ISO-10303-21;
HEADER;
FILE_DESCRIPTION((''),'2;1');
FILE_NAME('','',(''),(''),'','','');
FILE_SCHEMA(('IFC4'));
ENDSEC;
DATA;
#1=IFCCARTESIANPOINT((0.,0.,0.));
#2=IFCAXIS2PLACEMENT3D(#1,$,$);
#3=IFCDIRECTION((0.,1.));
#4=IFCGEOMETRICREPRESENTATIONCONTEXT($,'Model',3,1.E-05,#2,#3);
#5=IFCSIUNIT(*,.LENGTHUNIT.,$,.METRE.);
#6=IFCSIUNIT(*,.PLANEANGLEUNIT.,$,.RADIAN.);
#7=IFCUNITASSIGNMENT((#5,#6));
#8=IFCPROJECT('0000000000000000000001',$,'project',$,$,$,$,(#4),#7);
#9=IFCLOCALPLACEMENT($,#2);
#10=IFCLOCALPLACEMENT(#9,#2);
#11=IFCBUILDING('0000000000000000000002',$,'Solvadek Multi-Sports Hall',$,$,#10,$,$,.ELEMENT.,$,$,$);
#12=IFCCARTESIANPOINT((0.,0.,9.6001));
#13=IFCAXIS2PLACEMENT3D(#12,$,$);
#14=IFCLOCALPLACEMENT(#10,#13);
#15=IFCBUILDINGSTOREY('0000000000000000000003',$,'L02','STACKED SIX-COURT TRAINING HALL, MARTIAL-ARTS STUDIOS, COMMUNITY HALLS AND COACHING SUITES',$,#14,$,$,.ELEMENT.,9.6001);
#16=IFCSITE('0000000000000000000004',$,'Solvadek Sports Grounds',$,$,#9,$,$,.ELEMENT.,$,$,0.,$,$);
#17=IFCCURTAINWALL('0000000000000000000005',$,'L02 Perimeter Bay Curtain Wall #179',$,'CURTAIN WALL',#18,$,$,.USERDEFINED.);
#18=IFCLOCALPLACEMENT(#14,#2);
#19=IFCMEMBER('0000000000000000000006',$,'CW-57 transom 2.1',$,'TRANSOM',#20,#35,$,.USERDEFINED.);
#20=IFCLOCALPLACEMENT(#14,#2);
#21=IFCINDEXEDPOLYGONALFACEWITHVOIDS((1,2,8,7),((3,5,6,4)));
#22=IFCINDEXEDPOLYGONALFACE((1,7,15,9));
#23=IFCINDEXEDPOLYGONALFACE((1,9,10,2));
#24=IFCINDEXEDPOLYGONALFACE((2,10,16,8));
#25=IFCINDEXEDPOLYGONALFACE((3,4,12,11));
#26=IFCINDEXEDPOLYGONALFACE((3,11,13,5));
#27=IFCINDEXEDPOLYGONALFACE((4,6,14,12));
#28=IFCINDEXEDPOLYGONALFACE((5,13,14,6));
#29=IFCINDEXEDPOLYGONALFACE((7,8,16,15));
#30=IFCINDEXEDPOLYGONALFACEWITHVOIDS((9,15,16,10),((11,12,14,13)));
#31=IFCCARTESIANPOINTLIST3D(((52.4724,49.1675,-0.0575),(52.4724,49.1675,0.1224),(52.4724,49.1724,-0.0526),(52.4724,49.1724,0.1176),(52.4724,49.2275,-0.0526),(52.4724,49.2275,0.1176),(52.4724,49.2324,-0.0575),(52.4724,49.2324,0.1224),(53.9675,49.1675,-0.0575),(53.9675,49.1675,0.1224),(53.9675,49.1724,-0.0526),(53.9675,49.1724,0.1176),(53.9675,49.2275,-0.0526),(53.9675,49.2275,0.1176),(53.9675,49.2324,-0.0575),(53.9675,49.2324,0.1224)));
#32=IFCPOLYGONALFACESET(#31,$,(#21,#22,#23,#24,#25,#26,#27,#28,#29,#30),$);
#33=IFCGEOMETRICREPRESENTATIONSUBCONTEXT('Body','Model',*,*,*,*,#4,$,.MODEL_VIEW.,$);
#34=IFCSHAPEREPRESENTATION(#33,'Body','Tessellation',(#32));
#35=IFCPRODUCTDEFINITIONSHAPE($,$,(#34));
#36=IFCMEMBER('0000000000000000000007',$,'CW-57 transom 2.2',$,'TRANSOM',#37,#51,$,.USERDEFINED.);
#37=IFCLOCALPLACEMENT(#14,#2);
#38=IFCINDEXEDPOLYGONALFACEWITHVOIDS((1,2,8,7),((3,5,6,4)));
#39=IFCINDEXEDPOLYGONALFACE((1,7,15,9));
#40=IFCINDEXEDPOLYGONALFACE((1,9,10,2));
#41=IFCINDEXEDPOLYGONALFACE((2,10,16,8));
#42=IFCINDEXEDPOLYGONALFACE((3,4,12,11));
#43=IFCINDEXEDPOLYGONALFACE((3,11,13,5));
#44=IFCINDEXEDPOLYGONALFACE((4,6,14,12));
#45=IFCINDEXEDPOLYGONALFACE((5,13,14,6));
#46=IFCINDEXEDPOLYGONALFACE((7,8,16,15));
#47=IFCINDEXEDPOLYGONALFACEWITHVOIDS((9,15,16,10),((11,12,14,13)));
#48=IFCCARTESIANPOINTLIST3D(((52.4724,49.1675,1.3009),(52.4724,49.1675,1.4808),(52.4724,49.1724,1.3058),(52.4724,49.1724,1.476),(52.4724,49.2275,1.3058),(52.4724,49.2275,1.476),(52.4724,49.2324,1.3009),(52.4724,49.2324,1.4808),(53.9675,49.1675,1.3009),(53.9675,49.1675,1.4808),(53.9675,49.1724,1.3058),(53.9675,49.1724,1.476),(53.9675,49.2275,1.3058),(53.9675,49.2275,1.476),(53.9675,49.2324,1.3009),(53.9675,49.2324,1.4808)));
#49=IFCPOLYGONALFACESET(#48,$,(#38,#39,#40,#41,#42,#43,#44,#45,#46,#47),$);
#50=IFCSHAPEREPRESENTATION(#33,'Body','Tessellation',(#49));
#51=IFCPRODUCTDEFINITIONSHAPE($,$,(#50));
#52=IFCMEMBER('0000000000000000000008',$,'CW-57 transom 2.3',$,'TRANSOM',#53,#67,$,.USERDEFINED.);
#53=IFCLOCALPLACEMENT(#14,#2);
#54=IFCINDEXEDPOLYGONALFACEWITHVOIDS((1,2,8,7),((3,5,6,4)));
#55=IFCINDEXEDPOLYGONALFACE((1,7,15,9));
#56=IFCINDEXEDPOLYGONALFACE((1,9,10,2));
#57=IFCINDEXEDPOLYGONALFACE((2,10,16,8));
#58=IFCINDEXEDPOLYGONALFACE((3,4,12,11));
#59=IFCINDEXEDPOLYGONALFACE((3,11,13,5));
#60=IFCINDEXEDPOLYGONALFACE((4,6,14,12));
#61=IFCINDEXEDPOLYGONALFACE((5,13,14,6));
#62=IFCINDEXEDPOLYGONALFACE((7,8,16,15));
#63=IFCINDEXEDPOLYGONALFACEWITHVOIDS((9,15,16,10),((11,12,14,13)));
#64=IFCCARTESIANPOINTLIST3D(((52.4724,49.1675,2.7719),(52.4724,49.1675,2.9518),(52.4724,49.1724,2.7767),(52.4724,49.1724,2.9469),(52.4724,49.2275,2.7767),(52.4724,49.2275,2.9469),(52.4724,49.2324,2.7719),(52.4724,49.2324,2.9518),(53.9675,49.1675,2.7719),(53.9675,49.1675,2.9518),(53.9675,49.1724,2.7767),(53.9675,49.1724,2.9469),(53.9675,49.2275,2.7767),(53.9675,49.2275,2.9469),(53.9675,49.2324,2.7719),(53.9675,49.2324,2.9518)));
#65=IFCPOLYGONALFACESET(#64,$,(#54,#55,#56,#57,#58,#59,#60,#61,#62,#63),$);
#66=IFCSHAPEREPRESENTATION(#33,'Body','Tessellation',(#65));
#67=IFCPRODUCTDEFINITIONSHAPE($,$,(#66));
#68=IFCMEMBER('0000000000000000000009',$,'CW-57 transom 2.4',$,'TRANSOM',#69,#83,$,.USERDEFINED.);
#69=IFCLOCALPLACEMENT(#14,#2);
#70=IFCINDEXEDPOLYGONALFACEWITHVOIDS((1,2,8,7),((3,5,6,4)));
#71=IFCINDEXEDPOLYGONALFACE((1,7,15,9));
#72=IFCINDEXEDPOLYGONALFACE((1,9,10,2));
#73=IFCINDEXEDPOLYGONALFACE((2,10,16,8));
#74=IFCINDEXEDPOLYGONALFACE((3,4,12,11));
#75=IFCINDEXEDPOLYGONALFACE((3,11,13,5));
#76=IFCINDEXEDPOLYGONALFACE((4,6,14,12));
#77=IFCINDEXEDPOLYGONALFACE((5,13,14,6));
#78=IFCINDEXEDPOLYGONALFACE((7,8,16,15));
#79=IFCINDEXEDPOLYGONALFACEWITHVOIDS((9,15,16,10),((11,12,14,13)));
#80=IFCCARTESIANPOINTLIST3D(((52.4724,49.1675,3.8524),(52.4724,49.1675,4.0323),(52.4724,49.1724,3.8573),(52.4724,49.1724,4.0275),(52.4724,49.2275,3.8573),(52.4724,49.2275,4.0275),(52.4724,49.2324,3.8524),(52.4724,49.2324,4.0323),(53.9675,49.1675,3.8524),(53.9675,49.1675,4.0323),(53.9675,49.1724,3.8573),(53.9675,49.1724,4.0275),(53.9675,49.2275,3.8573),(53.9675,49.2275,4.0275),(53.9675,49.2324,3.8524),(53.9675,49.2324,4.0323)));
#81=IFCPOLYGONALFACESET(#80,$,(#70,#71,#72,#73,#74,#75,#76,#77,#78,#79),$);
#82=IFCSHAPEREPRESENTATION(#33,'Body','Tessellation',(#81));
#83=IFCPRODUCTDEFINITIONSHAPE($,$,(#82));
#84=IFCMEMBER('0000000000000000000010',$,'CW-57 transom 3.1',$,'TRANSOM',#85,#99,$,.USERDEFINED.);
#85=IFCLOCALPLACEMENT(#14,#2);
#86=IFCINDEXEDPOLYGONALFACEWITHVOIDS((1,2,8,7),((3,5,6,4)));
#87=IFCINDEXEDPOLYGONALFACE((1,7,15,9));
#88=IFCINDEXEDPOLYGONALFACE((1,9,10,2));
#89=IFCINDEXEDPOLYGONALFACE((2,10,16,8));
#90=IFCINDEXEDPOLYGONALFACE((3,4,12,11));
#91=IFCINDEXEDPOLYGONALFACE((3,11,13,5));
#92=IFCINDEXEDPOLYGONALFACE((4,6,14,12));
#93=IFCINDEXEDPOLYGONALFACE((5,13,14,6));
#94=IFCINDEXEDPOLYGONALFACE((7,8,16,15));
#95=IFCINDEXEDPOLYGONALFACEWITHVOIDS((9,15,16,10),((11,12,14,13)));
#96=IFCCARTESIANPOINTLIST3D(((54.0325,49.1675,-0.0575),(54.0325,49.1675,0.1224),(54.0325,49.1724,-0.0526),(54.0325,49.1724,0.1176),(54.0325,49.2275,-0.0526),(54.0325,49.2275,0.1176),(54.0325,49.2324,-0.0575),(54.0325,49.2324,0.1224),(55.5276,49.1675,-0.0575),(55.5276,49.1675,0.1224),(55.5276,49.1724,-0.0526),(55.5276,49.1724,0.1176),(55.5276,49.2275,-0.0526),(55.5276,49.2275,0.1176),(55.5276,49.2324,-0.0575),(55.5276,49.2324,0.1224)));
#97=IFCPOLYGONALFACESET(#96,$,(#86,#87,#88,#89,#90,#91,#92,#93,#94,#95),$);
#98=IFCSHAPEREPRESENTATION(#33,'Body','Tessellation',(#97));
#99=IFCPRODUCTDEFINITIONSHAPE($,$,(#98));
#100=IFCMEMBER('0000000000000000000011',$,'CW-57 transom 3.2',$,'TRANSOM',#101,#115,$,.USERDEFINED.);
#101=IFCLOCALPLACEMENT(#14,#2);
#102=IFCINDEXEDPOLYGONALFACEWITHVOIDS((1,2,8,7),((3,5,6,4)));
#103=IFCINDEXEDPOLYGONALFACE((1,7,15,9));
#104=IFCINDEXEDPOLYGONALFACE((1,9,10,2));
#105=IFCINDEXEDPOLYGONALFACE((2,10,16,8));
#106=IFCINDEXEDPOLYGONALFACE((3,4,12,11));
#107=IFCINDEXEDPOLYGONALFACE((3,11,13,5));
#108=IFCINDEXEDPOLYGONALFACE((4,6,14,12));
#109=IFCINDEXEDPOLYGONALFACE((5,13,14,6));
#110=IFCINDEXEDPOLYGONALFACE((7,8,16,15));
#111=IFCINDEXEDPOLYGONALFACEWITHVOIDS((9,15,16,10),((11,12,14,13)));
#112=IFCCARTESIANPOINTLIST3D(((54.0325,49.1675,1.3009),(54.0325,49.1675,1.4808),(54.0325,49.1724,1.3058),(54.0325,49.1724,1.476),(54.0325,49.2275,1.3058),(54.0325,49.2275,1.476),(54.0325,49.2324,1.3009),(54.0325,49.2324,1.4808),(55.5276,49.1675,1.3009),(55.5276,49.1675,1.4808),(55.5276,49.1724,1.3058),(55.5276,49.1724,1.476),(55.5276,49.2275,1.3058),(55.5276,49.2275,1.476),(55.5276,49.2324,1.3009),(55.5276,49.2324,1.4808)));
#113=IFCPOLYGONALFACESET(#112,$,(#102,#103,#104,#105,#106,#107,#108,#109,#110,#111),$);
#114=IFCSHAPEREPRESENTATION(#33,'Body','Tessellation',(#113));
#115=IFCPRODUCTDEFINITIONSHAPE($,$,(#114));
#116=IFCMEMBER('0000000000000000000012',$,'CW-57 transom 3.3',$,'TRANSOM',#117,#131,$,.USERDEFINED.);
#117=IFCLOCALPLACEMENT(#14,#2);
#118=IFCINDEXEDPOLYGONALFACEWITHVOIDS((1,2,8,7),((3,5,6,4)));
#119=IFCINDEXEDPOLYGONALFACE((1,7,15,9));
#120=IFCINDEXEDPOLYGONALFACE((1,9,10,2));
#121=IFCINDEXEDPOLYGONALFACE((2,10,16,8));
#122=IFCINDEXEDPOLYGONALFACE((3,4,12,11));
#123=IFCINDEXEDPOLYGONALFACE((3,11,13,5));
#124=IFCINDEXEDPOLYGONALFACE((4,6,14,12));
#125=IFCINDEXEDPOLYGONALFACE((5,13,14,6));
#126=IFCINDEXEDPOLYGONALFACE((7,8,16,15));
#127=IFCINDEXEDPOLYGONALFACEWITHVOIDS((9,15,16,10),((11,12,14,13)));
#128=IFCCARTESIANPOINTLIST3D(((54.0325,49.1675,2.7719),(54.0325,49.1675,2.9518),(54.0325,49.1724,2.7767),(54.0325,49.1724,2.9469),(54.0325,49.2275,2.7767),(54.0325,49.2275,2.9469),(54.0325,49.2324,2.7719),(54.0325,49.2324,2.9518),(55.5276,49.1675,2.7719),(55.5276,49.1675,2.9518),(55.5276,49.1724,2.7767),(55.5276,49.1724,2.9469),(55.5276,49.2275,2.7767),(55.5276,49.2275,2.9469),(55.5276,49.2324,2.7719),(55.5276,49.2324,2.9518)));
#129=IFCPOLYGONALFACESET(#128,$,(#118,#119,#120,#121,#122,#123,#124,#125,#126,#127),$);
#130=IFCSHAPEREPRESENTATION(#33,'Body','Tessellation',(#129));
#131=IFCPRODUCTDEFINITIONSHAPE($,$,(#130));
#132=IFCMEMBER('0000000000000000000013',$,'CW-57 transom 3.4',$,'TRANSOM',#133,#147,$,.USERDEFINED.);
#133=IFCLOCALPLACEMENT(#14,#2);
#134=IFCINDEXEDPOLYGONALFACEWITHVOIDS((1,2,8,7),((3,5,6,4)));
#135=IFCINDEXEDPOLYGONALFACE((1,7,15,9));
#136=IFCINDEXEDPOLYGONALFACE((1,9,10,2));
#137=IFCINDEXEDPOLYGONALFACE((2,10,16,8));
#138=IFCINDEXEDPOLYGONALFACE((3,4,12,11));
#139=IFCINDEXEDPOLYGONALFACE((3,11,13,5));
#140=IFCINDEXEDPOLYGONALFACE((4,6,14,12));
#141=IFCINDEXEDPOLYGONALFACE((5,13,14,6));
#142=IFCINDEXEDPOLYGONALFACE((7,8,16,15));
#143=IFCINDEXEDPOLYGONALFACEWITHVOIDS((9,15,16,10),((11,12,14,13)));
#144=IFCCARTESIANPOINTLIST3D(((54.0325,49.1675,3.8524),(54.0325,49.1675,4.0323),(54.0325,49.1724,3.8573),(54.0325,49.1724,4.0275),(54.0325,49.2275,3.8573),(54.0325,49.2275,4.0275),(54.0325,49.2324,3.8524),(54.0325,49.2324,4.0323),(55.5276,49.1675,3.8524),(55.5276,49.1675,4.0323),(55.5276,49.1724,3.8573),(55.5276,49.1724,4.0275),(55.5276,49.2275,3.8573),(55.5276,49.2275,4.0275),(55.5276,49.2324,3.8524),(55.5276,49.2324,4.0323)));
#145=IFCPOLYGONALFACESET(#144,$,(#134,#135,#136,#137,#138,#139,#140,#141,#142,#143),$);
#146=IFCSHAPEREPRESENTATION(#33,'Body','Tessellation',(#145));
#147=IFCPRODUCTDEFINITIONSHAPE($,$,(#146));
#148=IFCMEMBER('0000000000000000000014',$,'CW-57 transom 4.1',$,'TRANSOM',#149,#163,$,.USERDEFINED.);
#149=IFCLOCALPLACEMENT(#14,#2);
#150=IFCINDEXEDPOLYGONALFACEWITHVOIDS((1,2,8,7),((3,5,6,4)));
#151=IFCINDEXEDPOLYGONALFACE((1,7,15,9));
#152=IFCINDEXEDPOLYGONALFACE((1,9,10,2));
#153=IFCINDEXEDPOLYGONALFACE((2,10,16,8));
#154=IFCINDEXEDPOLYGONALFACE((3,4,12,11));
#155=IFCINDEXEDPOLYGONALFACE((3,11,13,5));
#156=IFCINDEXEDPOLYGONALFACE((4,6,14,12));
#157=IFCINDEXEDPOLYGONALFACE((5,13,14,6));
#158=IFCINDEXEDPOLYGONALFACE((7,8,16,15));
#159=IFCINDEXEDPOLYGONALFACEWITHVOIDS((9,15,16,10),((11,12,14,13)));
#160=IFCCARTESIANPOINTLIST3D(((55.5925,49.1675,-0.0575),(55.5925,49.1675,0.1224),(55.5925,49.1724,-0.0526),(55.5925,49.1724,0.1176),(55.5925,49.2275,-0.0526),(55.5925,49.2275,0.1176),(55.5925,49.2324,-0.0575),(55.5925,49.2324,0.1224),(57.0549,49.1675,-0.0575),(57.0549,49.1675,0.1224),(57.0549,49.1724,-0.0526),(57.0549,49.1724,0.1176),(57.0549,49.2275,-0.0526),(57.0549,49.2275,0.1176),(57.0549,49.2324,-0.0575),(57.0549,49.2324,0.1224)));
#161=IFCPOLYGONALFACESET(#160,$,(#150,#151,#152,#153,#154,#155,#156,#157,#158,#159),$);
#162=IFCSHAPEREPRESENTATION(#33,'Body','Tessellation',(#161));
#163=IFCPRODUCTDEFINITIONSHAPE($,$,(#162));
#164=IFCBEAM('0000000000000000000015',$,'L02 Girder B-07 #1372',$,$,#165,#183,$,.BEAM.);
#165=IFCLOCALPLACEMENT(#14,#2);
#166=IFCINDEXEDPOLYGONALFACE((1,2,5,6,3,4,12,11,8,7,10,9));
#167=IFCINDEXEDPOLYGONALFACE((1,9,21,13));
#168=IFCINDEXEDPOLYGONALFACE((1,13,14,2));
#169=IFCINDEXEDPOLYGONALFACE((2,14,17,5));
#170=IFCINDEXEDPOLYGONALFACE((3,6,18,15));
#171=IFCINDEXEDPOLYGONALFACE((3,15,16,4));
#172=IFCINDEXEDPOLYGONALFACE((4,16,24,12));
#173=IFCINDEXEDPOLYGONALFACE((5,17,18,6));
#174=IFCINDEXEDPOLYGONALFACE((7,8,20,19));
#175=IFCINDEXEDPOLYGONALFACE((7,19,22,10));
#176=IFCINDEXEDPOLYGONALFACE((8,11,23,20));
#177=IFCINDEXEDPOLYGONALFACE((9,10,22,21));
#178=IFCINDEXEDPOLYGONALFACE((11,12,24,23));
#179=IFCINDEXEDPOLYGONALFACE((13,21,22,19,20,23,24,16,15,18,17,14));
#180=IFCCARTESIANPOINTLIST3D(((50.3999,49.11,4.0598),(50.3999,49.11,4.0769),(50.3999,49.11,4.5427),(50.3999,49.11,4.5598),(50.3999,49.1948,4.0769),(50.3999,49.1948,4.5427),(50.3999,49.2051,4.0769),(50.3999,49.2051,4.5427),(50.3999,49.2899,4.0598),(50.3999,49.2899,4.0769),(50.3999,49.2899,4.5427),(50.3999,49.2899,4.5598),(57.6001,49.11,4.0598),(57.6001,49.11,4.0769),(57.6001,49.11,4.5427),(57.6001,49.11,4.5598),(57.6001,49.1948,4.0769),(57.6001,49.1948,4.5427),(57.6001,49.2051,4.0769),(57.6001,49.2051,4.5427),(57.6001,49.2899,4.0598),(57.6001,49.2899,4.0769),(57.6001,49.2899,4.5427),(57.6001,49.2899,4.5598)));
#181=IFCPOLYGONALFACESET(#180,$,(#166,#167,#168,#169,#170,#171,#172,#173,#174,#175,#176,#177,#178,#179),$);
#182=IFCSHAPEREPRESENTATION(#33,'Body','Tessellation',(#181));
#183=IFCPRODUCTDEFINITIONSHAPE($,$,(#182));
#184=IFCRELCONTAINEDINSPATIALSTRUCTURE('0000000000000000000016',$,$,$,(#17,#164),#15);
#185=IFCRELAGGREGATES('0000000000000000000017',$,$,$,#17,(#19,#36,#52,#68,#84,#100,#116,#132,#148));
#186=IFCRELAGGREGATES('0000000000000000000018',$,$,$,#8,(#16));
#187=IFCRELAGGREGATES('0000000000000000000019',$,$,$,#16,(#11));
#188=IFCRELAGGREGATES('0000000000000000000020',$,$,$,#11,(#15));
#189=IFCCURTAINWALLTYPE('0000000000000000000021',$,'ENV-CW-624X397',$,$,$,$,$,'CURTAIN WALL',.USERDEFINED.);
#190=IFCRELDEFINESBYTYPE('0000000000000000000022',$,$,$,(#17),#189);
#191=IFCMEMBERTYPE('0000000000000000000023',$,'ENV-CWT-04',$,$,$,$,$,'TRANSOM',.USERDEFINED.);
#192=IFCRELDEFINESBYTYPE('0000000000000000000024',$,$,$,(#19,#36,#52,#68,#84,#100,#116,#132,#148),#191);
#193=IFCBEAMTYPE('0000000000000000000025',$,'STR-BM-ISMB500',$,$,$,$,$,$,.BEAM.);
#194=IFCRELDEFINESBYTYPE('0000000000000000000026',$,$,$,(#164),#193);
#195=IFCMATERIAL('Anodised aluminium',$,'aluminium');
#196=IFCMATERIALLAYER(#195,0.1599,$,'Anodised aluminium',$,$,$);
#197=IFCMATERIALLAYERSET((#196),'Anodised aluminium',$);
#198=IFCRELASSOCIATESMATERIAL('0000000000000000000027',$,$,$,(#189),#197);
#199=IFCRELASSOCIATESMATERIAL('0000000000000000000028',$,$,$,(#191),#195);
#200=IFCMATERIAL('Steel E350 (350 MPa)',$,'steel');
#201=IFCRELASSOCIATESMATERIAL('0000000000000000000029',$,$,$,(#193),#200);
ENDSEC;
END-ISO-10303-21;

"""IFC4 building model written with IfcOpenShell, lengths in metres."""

from ifc_helpers import new_model, si_unit, direction, frame, origin, origin_2d, place, context, subcontext, project, spatial, hollow_rectangle, i_section, extrude, material, layer, layer_set, material_profile, profile_set, type_object, element, aggregate, save


model = new_model("IFC4")

# Units and contexts
model_context = context("Model", 3, precision=1e-05, world=origin(), true_north=direction((0.0, 1.0)))
body_context = subcontext(model_context, "Body", "Model", "MODEL_VIEW")
ifc_project = project(units=[si_unit("LENGTHUNIT", "METRE"), si_unit("PLANEANGLEUNIT", "RADIAN")], contexts=[model_context])

# Site, building, storey
site_placement = place(None, origin())
site = spatial("IfcSite", under=ifc_project, at=site_placement, Name="Solvadek Sports Grounds", CompositionType="ELEMENT", RefElevation=0.0)
building_placement = place(site_placement, origin())
building = spatial("IfcBuilding", under=site, at=building_placement, Name="Solvadek Multi-Sports Hall", CompositionType="ELEMENT")
storey_placement = place(building_placement, frame((0.0, 0.0, 9.6001)))
storey = spatial("IfcBuildingStorey", under=building, at=storey_placement, Name="L02", Description="STACKED SIX-COURT TRAINING HALL, MARTIAL-ARTS STUDIOS, COMMUNITY HALLS AND COACHING SUITES", CompositionType="ELEMENT", Elevation=9.6001)

# Shared definitions
ifc_material_1 = material(Name="Steel E350 (350 MPa)", Category="steel")

# Shared definitions
ifc_material_2 = material(Name="Anodised aluminium", Category="aluminium")

# Curtain wall, members
ifc_layer_1 = layer(ifc_material_2, 0.1599, Name="Anodised aluminium")
ifc_layer_set_1 = layer_set([ifc_layer_1], Name="Anodised aluminium")
curtain_wall_type_1 = type_object("IfcCurtainWallType", Name="ENV-CW-624X397", ElementType="CURTAIN WALL", PredefinedType="USERDEFINED", material=ifc_layer_set_1)
curtain_wall_1_placement = place(storey_placement, origin())
curtain_wall_1 = element("IfcCurtainWall", 1, at=curtain_wall_1_placement, inside=storey, type_object=curtain_wall_type_1, Name="L02 Perimeter Bay Curtain Wall #179", ObjectType="CURTAIN WALL", PredefinedType="USERDEFINED")
ifc_material_profile_1 = material_profile(ifc_material_2, hollow_rectangle(XDim=0.0649, YDim=0.1799, WallThickness=0.0049, at=origin_2d()), Name="ALU-T 180x65x5")
ifc_profile_set_1 = profile_set([ifc_material_profile_1], Name="Anodised aluminium")
member_type_1 = type_object("IfcMemberType", Name="ENV-CWT-04", ElementType="TRANSOM", PredefinedType="USERDEFINED", material=ifc_profile_set_1)
member_1_placement = place(storey_placement, frame((52.4724, 49.2, 0.0325), z_axis=(1.0, 0.0, 0.0), x_axis=(0.0, 1.0, 0.0)))
member_1 = element("IfcMember", 2, at=member_1_placement, type_object=member_type_1, Name="CW-57 transom 2.1", ObjectType="TRANSOM", PredefinedType="USERDEFINED", context=body_context, shape_type="SweptSolid", body=[
    extrude(hollow_rectangle(XDim=0.0649, YDim=0.1799, WallThickness=0.0049, at=origin_2d()), origin(), (0.0, 0.0, 1.0), 1.4951),
])
member_2_placement = place(storey_placement, frame((52.4724, 49.2, 1.3909), z_axis=(1.0, 0.0, 0.0), x_axis=(0.0, 1.0, 0.0)))
member_2 = element("IfcMember", 3, at=member_2_placement, type_object=member_type_1, Name="CW-57 transom 2.2", ObjectType="TRANSOM", PredefinedType="USERDEFINED", context=body_context, shape_type="SweptSolid", body=[
    extrude(hollow_rectangle(XDim=0.0649, YDim=0.1799, WallThickness=0.0049, at=origin_2d()), origin(), (0.0, 0.0, 1.0), 1.4951),
])
member_3_placement = place(storey_placement, frame((52.4724, 49.2, 2.8618), z_axis=(1.0, 0.0, 0.0), x_axis=(0.0, 1.0, 0.0)))
member_3 = element("IfcMember", 4, at=member_3_placement, type_object=member_type_1, Name="CW-57 transom 2.3", ObjectType="TRANSOM", PredefinedType="USERDEFINED", context=body_context, shape_type="SweptSolid", body=[
    extrude(hollow_rectangle(XDim=0.0649, YDim=0.1799, WallThickness=0.0049, at=origin_2d()), origin(), (0.0, 0.0, 1.0), 1.4951),
])
member_4_placement = place(storey_placement, frame((52.4724, 49.2, 3.9424), z_axis=(1.0, 0.0, 0.0), x_axis=(0.0, 1.0, 0.0)))
member_4 = element("IfcMember", 5, at=member_4_placement, type_object=member_type_1, Name="CW-57 transom 2.4", ObjectType="TRANSOM", PredefinedType="USERDEFINED", context=body_context, shape_type="SweptSolid", body=[
    extrude(hollow_rectangle(XDim=0.0649, YDim=0.1799, WallThickness=0.0049, at=origin_2d()), origin(), (0.0, 0.0, 1.0), 1.4951),
])
member_5_placement = place(storey_placement, frame((54.0325, 49.2, 0.0325), z_axis=(1.0, 0.0, 0.0), x_axis=(0.0, 1.0, 0.0)))
member_5 = element("IfcMember", 6, at=member_5_placement, type_object=member_type_1, Name="CW-57 transom 3.1", ObjectType="TRANSOM", PredefinedType="USERDEFINED", context=body_context, shape_type="SweptSolid", body=[
    extrude(hollow_rectangle(XDim=0.0649, YDim=0.1799, WallThickness=0.0049, at=origin_2d()), origin(), (0.0, 0.0, 1.0), 1.4951),
])
member_6_placement = place(storey_placement, frame((54.0325, 49.2, 1.3909), z_axis=(1.0, 0.0, 0.0), x_axis=(0.0, 1.0, 0.0)))
member_6 = element("IfcMember", 7, at=member_6_placement, type_object=member_type_1, Name="CW-57 transom 3.2", ObjectType="TRANSOM", PredefinedType="USERDEFINED", context=body_context, shape_type="SweptSolid", body=[
    extrude(hollow_rectangle(XDim=0.0649, YDim=0.1799, WallThickness=0.0049, at=origin_2d()), origin(), (0.0, 0.0, 1.0), 1.4951),
])
member_7_placement = place(storey_placement, frame((54.0325, 49.2, 2.8618), z_axis=(1.0, 0.0, 0.0), x_axis=(0.0, 1.0, 0.0)))
member_7 = element("IfcMember", 8, at=member_7_placement, type_object=member_type_1, Name="CW-57 transom 3.3", ObjectType="TRANSOM", PredefinedType="USERDEFINED", context=body_context, shape_type="SweptSolid", body=[
    extrude(hollow_rectangle(XDim=0.0649, YDim=0.1799, WallThickness=0.0049, at=origin_2d()), origin(), (0.0, 0.0, 1.0), 1.4951),
])
member_8_placement = place(storey_placement, frame((54.0325, 49.2, 3.9424), z_axis=(1.0, 0.0, 0.0), x_axis=(0.0, 1.0, 0.0)))
member_8 = element("IfcMember", 9, at=member_8_placement, type_object=member_type_1, Name="CW-57 transom 3.4", ObjectType="TRANSOM", PredefinedType="USERDEFINED", context=body_context, shape_type="SweptSolid", body=[
    extrude(hollow_rectangle(XDim=0.0649, YDim=0.1799, WallThickness=0.0049, at=origin_2d()), origin(), (0.0, 0.0, 1.0), 1.4951),
])
member_9_placement = place(storey_placement, frame((55.5925, 49.2, 0.0325), z_axis=(1.0, 0.0, 0.0), x_axis=(0.0, 1.0, 0.0)))
member_9 = element("IfcMember", 10, at=member_9_placement, type_object=member_type_1, Name="CW-57 transom 4.1", ObjectType="TRANSOM", PredefinedType="USERDEFINED", context=body_context, shape_type="SweptSolid", body=[
    extrude(hollow_rectangle(XDim=0.0649, YDim=0.1799, WallThickness=0.0049, at=origin_2d()), origin(), (0.0, 0.0, 1.0), 1.4624),
])

# Beam
ifc_material_profile_2 = material_profile(ifc_material_1, i_section(OverallWidth=0.1799, OverallDepth=0.5, WebThickness=0.0103, FlangeThickness=0.0171, at=origin_2d()), Name="ISMB 500")
ifc_profile_set_2 = profile_set([ifc_material_profile_2], Name="Steel E350 (350 MPa)")
beam_type = type_object("IfcBeamType", Name="STR-BM-ISMB500", PredefinedType="BEAM", material=ifc_profile_set_2)
beam_placement = place(storey_placement, frame((50.3999, 49.2, 4.3098), z_axis=(1.0, 0.0, 0.0), x_axis=(0.0, 1.0, 0.0)))
element("IfcBeam", 11, at=beam_placement, inside=storey, type_object=beam_type, Name="L02 Girder B-07 #1372", PredefinedType="BEAM", context=body_context, shape_type="SweptSolid", body=[
    extrude(i_section(OverallWidth=0.1799, OverallDepth=0.5, WebThickness=0.0103, FlangeThickness=0.0171, at=origin_2d()), origin(), (0.0, 0.0, 1.0), 7.2002),
])

aggregate(curtain_wall_1, [member_1, member_2, member_3, member_4, member_5, member_6, member_7, member_8, member_9])

save(model, "model.ifc")
